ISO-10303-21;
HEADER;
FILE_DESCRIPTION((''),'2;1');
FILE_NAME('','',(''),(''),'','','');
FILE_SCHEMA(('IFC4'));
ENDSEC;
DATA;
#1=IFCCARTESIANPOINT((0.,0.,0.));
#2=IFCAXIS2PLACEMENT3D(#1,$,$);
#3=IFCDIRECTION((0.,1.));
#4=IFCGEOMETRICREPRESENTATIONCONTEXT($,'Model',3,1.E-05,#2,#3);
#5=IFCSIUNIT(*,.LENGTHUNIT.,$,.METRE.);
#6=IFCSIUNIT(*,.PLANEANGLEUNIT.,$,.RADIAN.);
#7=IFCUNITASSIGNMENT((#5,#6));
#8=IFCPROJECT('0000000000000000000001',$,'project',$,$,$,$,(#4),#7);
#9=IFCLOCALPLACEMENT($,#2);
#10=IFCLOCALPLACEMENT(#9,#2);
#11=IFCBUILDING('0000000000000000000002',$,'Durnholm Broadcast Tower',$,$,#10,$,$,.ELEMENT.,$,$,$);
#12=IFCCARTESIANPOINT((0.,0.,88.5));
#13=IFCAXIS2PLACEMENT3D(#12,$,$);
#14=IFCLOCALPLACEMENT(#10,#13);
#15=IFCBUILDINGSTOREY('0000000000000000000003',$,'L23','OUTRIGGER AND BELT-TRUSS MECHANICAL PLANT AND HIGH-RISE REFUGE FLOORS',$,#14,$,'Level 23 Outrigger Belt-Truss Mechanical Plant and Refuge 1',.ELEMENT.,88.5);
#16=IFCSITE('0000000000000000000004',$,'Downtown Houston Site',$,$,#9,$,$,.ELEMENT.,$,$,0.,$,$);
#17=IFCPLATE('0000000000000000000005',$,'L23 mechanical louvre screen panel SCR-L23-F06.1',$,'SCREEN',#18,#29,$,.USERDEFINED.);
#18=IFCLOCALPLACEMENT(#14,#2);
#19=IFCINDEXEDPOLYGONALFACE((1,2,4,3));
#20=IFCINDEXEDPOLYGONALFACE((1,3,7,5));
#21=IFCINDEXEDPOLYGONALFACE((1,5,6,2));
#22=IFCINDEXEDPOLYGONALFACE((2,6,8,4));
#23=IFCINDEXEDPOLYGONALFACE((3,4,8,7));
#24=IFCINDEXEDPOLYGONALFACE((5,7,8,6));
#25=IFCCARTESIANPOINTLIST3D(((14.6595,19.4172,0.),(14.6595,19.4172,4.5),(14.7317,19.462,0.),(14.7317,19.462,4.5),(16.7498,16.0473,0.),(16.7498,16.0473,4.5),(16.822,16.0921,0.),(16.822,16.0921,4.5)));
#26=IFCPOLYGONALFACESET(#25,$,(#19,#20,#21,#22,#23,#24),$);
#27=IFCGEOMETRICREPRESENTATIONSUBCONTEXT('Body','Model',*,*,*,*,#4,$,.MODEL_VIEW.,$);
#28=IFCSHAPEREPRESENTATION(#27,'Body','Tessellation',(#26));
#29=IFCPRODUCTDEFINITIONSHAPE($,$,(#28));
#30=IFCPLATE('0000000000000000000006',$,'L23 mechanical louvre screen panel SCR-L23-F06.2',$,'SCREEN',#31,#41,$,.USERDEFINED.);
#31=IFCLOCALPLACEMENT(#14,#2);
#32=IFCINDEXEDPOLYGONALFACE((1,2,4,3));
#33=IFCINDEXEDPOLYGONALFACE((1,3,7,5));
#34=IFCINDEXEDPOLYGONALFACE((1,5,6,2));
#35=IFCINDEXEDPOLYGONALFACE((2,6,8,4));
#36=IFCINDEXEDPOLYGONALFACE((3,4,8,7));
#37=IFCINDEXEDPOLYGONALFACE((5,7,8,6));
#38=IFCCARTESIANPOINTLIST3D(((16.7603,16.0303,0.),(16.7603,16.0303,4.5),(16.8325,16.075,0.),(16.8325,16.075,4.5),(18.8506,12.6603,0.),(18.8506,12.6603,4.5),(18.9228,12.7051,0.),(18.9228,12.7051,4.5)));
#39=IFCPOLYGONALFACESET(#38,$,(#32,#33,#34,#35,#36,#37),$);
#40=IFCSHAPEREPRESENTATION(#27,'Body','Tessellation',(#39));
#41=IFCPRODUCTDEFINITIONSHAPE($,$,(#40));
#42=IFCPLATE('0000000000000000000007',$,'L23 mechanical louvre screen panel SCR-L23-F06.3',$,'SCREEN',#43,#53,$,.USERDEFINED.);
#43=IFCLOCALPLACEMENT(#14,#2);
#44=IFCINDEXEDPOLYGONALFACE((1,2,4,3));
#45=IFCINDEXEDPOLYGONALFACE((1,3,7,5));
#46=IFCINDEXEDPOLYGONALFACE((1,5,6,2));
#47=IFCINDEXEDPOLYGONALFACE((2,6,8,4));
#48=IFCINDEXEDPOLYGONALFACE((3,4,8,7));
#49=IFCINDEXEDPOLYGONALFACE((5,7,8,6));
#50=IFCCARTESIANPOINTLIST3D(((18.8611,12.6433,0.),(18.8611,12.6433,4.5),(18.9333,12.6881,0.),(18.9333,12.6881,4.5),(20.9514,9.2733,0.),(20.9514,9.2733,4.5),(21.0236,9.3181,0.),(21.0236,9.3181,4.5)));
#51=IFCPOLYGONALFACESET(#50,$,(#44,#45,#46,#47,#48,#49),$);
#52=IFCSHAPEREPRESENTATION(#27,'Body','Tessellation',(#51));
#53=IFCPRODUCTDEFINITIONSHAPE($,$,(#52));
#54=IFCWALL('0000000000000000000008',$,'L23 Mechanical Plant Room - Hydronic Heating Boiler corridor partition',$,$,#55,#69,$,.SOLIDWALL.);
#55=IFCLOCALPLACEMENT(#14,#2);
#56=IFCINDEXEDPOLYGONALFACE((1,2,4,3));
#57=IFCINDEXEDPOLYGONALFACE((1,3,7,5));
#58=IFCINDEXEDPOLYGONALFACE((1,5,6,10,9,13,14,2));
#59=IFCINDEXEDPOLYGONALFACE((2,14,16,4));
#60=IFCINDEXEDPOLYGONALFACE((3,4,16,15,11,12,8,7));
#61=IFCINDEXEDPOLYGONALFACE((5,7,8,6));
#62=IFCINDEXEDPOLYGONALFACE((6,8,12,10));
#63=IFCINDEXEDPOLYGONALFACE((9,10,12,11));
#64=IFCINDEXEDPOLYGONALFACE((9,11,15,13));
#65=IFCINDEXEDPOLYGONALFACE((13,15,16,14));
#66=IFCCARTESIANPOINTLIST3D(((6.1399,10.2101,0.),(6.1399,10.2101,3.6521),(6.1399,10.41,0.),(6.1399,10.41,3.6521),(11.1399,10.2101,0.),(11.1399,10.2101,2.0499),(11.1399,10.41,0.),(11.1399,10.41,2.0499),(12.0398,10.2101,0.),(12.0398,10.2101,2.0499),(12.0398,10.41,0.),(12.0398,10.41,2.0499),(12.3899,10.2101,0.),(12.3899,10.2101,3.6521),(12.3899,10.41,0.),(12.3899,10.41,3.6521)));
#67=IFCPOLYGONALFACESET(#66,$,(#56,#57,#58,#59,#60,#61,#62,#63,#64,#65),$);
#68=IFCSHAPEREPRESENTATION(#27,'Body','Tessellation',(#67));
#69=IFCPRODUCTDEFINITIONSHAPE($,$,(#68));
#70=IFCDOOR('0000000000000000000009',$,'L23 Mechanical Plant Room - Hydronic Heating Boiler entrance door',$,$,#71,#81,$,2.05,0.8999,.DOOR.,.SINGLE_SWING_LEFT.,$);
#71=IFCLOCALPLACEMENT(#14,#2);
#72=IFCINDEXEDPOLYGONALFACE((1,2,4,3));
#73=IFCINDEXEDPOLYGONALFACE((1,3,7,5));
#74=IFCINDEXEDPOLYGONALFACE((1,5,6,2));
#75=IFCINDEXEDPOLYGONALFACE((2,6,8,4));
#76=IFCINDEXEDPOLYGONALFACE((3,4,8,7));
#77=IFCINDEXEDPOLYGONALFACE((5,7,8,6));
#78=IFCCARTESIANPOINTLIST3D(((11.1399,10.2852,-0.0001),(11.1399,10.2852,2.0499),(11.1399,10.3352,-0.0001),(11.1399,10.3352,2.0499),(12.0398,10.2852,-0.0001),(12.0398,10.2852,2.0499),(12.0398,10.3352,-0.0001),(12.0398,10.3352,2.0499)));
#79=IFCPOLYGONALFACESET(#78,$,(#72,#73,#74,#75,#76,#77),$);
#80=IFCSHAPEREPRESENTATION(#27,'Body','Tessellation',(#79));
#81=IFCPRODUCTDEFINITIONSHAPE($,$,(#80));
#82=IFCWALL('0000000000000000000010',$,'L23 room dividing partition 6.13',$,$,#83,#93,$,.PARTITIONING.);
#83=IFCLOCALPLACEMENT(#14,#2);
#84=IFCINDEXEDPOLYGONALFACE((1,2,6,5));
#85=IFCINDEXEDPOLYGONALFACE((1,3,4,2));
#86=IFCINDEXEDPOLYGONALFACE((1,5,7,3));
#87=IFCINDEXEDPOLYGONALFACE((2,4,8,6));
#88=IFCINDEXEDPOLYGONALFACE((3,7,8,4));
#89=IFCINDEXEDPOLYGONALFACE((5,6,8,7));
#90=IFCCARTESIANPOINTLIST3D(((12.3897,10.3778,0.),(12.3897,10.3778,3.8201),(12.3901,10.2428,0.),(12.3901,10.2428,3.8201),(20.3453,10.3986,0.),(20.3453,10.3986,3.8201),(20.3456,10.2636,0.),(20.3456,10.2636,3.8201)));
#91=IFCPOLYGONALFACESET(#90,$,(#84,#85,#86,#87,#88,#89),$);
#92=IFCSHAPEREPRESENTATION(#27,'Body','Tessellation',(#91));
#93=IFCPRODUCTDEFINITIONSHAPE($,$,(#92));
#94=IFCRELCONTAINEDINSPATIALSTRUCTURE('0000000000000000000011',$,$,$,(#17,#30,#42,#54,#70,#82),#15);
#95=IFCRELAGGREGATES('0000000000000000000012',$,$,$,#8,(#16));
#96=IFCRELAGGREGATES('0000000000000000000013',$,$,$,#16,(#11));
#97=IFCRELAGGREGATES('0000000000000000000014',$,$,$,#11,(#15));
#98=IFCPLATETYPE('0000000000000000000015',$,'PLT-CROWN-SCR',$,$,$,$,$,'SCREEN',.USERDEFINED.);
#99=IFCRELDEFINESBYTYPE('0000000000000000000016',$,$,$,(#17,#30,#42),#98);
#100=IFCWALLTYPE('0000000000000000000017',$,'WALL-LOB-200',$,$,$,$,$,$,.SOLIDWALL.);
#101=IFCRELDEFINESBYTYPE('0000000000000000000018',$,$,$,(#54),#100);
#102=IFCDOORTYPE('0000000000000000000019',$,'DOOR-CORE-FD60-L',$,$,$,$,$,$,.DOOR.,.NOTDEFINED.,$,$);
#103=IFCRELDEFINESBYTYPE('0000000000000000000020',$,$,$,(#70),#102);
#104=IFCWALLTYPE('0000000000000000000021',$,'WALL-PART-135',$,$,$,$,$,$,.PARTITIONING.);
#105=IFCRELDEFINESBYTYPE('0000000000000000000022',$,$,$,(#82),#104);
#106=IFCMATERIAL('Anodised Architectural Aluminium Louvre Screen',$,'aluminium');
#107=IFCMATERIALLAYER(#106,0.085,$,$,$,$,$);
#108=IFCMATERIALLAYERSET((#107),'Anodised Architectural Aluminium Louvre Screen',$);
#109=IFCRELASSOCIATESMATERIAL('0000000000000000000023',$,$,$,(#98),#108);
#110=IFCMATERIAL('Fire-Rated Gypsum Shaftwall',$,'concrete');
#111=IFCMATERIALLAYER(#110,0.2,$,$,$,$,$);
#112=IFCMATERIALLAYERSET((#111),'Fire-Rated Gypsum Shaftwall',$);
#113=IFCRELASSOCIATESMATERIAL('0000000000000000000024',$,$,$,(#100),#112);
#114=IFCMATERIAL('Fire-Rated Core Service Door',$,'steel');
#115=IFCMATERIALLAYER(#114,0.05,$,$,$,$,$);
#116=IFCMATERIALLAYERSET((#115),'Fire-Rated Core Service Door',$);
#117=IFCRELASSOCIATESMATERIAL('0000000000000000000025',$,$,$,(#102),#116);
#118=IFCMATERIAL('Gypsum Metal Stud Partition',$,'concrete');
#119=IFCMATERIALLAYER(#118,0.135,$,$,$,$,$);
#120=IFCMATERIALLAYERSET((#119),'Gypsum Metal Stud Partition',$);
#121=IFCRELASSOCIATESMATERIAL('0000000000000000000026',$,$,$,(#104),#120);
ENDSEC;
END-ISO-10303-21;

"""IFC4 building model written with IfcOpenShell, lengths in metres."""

from ifc_helpers import new_model, si_unit, direction, frame, frame_2d, origin, origin_2d, place, context, subcontext, project, spatial, rectangle, extrude, source, transform, mapped, material, layer, layer_set, type_object, type_shapes, element, fill, save


model = new_model("IFC4")

# Units and contexts
model_context = context("Model", 3, precision=1e-05, world=origin(), true_north=direction((0.0, 1.0)))
body_context = subcontext(model_context, "Body", "Model", "MODEL_VIEW")
ifc_project = project(units=[si_unit("LENGTHUNIT", "METRE"), si_unit("PLANEANGLEUNIT", "RADIAN")], contexts=[model_context])

# Site, building, storey
site_placement = place(None, origin())
site = spatial("IfcSite", under=ifc_project, at=site_placement, Name="Downtown Houston Site", CompositionType="ELEMENT", RefElevation=0.0)
building_placement = place(site_placement, origin())
building = spatial("IfcBuilding", under=site, at=building_placement, Name="Durnholm Broadcast Tower", CompositionType="ELEMENT")
storey_placement = place(building_placement, frame((0.0, 0.0, 88.5)))
storey = spatial("IfcBuildingStorey", under=building, at=storey_placement, Name="L23", Description="OUTRIGGER AND BELT-TRUSS MECHANICAL PLANT AND HIGH-RISE REFUGE FLOORS", LongName="Level 23 Outrigger Belt-Truss Mechanical Plant and Refuge 1", CompositionType="ELEMENT", Elevation=88.5)

# Plates
ifc_material_1 = material(Name="Anodised Architectural Aluminium Louvre Screen", Category="aluminium")
ifc_layer_1 = layer(ifc_material_1, 0.085)
ifc_layer_set_1 = layer_set([ifc_layer_1], Name="Anodised Architectural Aluminium Louvre Screen")
plate_type_1 = type_object("IfcPlateType", Name="PLT-CROWN-SCR", ElementType="SCREEN", PredefinedType="USERDEFINED", material=ifc_layer_set_1)
shared_shape_1 = source(origin(), body_context, "Body", "SweptSolid", [
    extrude(rectangle(XDim=3.9656, YDim=0.085, at=origin_2d()), origin(), (0.0, 0.0, 1.0), 4.5),
])
for number, where, z_axis, x_axis, name in (
    (1, (15.7407, 17.7546, 0.0), (0.0, 0.0, 1.0), (0.527104, -0.849801, 0.0), "L23 mechanical louvre screen panel SCR-L23-F06.1"),
    (2, (17.8416, 14.3677, 0.0), (0.0, 0.0, 1.0), (0.527104, -0.849801, 0.0), "L23 mechanical louvre screen panel SCR-L23-F06.2"),
    (3, (19.9424, 10.9807, 0.0), (0.0, 0.0, 1.0), (0.527104, -0.849801, 0.0), "L23 mechanical louvre screen panel SCR-L23-F06.3"),
):
    element("IfcPlate", number, at=place(storey_placement, frame(where, z_axis=z_axis, x_axis=x_axis)), inside=storey, type_object=plate_type_1, Name=name, ObjectType="SCREEN", PredefinedType="USERDEFINED", context=body_context, shape_type="MappedRepresentation", body=[
        mapped(shared_shape_1, transform((0.0, 0.0, 0.0), x_axis=(1.0, 0.0, 0.0), y_axis=(0.0, 1.0, 0.0), z_axis=(0.0, 0.0, 1.0), scale=1.0)),
    ])

# Wall, opening, door
ifc_material_2 = material(Name="Fire-Rated Gypsum Shaftwall", Category="concrete")
ifc_layer_2 = layer(ifc_material_2, 0.2)
ifc_layer_set_2 = layer_set([ifc_layer_2], Name="Fire-Rated Gypsum Shaftwall")
wall_type_1 = type_object("IfcWallType", Name="WALL-LOB-200", PredefinedType="SOLIDWALL", material=ifc_layer_set_2)
wall_1_placement = place(storey_placement, frame((12.3899, 10.3101, 0.0), z_axis=(0.0, 0.0, 1.0), x_axis=(-1.0, 0.0, 0.0)))
wall_1 = element("IfcWall", 4, at=wall_1_placement, inside=storey, type_object=wall_type_1, Name="L23 Mechanical Plant Room - Hydronic Heating Boiler corridor partition", PredefinedType="SOLIDWALL", context=body_context, shape_type="SweptSolid", body=[
    extrude(rectangle(XDim=6.25, YDim=0.2, at=frame_2d((3.125, 0.0))), origin(), (0.0, 0.0, 1.0), 3.6521),
])
opening_placement = place(wall_1_placement, frame((0.3501, 0.0, 0.0)))
opening = element("IfcOpeningElement", 5, at=opening_placement, cuts=wall_1, PredefinedType="OPENING", context=body_context, shape_type="SweptSolid", body=[
    extrude(rectangle(XDim=0.8999, YDim=2.05, at=frame_2d((0.45, 1.0249))), frame((0.0, 0.1099, 0.0), z_axis=(0.0, -1.0, 0.0), x_axis=(1.0, 0.0, 0.0)), (0.0, 0.0, 1.0), 0.22),
])
ifc_material_3 = material(Name="Fire-Rated Core Service Door", Category="steel")
ifc_layer_3 = layer(ifc_material_3, 0.05)
ifc_layer_set_3 = layer_set([ifc_layer_3], Name="Fire-Rated Core Service Door")
door_type = type_object("IfcDoorType", Name="DOOR-CORE-FD60-L", OperationType="NOTDEFINED", PredefinedType="DOOR", material=ifc_layer_set_3)
shared_shape_2 = source(origin(), body_context, "Body", "SweptSolid", [
    extrude(rectangle(XDim=0.8999, YDim=2.05, at=frame_2d((0.45, 1.0249))), frame((0.0, 0.0249, 0.0), z_axis=(0.0, -1.0, 0.0), x_axis=(1.0, 0.0, 0.0)), (0.0, 0.0, 1.0), 0.05),
])
type_shapes(door_type, [shared_shape_2])
door_placement = place(opening_placement, origin())
door = element("IfcDoor", 6, at=door_placement, inside=storey, type_object=door_type, Name="L23 Mechanical Plant Room - Hydronic Heating Boiler entrance door", OperationType="SINGLE_SWING_LEFT", OverallHeight=2.05, OverallWidth=0.8999, PredefinedType="DOOR", context=body_context, shape_type="MappedRepresentation", body=[
    mapped(shared_shape_2, transform((0.0, 0.0, 0.0), x_axis=(1.0, 0.0, 0.0), y_axis=(0.0, 1.0, 0.0), z_axis=(0.0, 0.0, 1.0), scale=1.0)),
])
fill(opening, door)

# Wall
ifc_material_4 = material(Name="Gypsum Metal Stud Partition", Category="concrete")
ifc_layer_4 = layer(ifc_material_4, 0.135)
ifc_layer_set_4 = layer_set([ifc_layer_4], Name="Gypsum Metal Stud Partition")
wall_type_2 = type_object("IfcWallType", Name="WALL-PART-135", PredefinedType="PARTITIONING", material=ifc_layer_set_4)
wall_2_placement = place(storey_placement, frame((20.3455, 10.3311, 0.0), z_axis=(0.0, 0.0, 1.0), x_axis=(-0.999997, -0.002608, 0.0)))
element("IfcWall", 7, at=wall_2_placement, inside=storey, type_object=wall_type_2, Name="L23 room dividing partition 6.13", PredefinedType="PARTITIONING", context=body_context, shape_type="SweptSolid", body=[
    extrude(rectangle(XDim=7.9556, YDim=0.135, at=frame_2d((3.9778, 0.0))), origin(), (0.0, 0.0, 1.0), 3.8201),
])

save(model, "model.ifc")
